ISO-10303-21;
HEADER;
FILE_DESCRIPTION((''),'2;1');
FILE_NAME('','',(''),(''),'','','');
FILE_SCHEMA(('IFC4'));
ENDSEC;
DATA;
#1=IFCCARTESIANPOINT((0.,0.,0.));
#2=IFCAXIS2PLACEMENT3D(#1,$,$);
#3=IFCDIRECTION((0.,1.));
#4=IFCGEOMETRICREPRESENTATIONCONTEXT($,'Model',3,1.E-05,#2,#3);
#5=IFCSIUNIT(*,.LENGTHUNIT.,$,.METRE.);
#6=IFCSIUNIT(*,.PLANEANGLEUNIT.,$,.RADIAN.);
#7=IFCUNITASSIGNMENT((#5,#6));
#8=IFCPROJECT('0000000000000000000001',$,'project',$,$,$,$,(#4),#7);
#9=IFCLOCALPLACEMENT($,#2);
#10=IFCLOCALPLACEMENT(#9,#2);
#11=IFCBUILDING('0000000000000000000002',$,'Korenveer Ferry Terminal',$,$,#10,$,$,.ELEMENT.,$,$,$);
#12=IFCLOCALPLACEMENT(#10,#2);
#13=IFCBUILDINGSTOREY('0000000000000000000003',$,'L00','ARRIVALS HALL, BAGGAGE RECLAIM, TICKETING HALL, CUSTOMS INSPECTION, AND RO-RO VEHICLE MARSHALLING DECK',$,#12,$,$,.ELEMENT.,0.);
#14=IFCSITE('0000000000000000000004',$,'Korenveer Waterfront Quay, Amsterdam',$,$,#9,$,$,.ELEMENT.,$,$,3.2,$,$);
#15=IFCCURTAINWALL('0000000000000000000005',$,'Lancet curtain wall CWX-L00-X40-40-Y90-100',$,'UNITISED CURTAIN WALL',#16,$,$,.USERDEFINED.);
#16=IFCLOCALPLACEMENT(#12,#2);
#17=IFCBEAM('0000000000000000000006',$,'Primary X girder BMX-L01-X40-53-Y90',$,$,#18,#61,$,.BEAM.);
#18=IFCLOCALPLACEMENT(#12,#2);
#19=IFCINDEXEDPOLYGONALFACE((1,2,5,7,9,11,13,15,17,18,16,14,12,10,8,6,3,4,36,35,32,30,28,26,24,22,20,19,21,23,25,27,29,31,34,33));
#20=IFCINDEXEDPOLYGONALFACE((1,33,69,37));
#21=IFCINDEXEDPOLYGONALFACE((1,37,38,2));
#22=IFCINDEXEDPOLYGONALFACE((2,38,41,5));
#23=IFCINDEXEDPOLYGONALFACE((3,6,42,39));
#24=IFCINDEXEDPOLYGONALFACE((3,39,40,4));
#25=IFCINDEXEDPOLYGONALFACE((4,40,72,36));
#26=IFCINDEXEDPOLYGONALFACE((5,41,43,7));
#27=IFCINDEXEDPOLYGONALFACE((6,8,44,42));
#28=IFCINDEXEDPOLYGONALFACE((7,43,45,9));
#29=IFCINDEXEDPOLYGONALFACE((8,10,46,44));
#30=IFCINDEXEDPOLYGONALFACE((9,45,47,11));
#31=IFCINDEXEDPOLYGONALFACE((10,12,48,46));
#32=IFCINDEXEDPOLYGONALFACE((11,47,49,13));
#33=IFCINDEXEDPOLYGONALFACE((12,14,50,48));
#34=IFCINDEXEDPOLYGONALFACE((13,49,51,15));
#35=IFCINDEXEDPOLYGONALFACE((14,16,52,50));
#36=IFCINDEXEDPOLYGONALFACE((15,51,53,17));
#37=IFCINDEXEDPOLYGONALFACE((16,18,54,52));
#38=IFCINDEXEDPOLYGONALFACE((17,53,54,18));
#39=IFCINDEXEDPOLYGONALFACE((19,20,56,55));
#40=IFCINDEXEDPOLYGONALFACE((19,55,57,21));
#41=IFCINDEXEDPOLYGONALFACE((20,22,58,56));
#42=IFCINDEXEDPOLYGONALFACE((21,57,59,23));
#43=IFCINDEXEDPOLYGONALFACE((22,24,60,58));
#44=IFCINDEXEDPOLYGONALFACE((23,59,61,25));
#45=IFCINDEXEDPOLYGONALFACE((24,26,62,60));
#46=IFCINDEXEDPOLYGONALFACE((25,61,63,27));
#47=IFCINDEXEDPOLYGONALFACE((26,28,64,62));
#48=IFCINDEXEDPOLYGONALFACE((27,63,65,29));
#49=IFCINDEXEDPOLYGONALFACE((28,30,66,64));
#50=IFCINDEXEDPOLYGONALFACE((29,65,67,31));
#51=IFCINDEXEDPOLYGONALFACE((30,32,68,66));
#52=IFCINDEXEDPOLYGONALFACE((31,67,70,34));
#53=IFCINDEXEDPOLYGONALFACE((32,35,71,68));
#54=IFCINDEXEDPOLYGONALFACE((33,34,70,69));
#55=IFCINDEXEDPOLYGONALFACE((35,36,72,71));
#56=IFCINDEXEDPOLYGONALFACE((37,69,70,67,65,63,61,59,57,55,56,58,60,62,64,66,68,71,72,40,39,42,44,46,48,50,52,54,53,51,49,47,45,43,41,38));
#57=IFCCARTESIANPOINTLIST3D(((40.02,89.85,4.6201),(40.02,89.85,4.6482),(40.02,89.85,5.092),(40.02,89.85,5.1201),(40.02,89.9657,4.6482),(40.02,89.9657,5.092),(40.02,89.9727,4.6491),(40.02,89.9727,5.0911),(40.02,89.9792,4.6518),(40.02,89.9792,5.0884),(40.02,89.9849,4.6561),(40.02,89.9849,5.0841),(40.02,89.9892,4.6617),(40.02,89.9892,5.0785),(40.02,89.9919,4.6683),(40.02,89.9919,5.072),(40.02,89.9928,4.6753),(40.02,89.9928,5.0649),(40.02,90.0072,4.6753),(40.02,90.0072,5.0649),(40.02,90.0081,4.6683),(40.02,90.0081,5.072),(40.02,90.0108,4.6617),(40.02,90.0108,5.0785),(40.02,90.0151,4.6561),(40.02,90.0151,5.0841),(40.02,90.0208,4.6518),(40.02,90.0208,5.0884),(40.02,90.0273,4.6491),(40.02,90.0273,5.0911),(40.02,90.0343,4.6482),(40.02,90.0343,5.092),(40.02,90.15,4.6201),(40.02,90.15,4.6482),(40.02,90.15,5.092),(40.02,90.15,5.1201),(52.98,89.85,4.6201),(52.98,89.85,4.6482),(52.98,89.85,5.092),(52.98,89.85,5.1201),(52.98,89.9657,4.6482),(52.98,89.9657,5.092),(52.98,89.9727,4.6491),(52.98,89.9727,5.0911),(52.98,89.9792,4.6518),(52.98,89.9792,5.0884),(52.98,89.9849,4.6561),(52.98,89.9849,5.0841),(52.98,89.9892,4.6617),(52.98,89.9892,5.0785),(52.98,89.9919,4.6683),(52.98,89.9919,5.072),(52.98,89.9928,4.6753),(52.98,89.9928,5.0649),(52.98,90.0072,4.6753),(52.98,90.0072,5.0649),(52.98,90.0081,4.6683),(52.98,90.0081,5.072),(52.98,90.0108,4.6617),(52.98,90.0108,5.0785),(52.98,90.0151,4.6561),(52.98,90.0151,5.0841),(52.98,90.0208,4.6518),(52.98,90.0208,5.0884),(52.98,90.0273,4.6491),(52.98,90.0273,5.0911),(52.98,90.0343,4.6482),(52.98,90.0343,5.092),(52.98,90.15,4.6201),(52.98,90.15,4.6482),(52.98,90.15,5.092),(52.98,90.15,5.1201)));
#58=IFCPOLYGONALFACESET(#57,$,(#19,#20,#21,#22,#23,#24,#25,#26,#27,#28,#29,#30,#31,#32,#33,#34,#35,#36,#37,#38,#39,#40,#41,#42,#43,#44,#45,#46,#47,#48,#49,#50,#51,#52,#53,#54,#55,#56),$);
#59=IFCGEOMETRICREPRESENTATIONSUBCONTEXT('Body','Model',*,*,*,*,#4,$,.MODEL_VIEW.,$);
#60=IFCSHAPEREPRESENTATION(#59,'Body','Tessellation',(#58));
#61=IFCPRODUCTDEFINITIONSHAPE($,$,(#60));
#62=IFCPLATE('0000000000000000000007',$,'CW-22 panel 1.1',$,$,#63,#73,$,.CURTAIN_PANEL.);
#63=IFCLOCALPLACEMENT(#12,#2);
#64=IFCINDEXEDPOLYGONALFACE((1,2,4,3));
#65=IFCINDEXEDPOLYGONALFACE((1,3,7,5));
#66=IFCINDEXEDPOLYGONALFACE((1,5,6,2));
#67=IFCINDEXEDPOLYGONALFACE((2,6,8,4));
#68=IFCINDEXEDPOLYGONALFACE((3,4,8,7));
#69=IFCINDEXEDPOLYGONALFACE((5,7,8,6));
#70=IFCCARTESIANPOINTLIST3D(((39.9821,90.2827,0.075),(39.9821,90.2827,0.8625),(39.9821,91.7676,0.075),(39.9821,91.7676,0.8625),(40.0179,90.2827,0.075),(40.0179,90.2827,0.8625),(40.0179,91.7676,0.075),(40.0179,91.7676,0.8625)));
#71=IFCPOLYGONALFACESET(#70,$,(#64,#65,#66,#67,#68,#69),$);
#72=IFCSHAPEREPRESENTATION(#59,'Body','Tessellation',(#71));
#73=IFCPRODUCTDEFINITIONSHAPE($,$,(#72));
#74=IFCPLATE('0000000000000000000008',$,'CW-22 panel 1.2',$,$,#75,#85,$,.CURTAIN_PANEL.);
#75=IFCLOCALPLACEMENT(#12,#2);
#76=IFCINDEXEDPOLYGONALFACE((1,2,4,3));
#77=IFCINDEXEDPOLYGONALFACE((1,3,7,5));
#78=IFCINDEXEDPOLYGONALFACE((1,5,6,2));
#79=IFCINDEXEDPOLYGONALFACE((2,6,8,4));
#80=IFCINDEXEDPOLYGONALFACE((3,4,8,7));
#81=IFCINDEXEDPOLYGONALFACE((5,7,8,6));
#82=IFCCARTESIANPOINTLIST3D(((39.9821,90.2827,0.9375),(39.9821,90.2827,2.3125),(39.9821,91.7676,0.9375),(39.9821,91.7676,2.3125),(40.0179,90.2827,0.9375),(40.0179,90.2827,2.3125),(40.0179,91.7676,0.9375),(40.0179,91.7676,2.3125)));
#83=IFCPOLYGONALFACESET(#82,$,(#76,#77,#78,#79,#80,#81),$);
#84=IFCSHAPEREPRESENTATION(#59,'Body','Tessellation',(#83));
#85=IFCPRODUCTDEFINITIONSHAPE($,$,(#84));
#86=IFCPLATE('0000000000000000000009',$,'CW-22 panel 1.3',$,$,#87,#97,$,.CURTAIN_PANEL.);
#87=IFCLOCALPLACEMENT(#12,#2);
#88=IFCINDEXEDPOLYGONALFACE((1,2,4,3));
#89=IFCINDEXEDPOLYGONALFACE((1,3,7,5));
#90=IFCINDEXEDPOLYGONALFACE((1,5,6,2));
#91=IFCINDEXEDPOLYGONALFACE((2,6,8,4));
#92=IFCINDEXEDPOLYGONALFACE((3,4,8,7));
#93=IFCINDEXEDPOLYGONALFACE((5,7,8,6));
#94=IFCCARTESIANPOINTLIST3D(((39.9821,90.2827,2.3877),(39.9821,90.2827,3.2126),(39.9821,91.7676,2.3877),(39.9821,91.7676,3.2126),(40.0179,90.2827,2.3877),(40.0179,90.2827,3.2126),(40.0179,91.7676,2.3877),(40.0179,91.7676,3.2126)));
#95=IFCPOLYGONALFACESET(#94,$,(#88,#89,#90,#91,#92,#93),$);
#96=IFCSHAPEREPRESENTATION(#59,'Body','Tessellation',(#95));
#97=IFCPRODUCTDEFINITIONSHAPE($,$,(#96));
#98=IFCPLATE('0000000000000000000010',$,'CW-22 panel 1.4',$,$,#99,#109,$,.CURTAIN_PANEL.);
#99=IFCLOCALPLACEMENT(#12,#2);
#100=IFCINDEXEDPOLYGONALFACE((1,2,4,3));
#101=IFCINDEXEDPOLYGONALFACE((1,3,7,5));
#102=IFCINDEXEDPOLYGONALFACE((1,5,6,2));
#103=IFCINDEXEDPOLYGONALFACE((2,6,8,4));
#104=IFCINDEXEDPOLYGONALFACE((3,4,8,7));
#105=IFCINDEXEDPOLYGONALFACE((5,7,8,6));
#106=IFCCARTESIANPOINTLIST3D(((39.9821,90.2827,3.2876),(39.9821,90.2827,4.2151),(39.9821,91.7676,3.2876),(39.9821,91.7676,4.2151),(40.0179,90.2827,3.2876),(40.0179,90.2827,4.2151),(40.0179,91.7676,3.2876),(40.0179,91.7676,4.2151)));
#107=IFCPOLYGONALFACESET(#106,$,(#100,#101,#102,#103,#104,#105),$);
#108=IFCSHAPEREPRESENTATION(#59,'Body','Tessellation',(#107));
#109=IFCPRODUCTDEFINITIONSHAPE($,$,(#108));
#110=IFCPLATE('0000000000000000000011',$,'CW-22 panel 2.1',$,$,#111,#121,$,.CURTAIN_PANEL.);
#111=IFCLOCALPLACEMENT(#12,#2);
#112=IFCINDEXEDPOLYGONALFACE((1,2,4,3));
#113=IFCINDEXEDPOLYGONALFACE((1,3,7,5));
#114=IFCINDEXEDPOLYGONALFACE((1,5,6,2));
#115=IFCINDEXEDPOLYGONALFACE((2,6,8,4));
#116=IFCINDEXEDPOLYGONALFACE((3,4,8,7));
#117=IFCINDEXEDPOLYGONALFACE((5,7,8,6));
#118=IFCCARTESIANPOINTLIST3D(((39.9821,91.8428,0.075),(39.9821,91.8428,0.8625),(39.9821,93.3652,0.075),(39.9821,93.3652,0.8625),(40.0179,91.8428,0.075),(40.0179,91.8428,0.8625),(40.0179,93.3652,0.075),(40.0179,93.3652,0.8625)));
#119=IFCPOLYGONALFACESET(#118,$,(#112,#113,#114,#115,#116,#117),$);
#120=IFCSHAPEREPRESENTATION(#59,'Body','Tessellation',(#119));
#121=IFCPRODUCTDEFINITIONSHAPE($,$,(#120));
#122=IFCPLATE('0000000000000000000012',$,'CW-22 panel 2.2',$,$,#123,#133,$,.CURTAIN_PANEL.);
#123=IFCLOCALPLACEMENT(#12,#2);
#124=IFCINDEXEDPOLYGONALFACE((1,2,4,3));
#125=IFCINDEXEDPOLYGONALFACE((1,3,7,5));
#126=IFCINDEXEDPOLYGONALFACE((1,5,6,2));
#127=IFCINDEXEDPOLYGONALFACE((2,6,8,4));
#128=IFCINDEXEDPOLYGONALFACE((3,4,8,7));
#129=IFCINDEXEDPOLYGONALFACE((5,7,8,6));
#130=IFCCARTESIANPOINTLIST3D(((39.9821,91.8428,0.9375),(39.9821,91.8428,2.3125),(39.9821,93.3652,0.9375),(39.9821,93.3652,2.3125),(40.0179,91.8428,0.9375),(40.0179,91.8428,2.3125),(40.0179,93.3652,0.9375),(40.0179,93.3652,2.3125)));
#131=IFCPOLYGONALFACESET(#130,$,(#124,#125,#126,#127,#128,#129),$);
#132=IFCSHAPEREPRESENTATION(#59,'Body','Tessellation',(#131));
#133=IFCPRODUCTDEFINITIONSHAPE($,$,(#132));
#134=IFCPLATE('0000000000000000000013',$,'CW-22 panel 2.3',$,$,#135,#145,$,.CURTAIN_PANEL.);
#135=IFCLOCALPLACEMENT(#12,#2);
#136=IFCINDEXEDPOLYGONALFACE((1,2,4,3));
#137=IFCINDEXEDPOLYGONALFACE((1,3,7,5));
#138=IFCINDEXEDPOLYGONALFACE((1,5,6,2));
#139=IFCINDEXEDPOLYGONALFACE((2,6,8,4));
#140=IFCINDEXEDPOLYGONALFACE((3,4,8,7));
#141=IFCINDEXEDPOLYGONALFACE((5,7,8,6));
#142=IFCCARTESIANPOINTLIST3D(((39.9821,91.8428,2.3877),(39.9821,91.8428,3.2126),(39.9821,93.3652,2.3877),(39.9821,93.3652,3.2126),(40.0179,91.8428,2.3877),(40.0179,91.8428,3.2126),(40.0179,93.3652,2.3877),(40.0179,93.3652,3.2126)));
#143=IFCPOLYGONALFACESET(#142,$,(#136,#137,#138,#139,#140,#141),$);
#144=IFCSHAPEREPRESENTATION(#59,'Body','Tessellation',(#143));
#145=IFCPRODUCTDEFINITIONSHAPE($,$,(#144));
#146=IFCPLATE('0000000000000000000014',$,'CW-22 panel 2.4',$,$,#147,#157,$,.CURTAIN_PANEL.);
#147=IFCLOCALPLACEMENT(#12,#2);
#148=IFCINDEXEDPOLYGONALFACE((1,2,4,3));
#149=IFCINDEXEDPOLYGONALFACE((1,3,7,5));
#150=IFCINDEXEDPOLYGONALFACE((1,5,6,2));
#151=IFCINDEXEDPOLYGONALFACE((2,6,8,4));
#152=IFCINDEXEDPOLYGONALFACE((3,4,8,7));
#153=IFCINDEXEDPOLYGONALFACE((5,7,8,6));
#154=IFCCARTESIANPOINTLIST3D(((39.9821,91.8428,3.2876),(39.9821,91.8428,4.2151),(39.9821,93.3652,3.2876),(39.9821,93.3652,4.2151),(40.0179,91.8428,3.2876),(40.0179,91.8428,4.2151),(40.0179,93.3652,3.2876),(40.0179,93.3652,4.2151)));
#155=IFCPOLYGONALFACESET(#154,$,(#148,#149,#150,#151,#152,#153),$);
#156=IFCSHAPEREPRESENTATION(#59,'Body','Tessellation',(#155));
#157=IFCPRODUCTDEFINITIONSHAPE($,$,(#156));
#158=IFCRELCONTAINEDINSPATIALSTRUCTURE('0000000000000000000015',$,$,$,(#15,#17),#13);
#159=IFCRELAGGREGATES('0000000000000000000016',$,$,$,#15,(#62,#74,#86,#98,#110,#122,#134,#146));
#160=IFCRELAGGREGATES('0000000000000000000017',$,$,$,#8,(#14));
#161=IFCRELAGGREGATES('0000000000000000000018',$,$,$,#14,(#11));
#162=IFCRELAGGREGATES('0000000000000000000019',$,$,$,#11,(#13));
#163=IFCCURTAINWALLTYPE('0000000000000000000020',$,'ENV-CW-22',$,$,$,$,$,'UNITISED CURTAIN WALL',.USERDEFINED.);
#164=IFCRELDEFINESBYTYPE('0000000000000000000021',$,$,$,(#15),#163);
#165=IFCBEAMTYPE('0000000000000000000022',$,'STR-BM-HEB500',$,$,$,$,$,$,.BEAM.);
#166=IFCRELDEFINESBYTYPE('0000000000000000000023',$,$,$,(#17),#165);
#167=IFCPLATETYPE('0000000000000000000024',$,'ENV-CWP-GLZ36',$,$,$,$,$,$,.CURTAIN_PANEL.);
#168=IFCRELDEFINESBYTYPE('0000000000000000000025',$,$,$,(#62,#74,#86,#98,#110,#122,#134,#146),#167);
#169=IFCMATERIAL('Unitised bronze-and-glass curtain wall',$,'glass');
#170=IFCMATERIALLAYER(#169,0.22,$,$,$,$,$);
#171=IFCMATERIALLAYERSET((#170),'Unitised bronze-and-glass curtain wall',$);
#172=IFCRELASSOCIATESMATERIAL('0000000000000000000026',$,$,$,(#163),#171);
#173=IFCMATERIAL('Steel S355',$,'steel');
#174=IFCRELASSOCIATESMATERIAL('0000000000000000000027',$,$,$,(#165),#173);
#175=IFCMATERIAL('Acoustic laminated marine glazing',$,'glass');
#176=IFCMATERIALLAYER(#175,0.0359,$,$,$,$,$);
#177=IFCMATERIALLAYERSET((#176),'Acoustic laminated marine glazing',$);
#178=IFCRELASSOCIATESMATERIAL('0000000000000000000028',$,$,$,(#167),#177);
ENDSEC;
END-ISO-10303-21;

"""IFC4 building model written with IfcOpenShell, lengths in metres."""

from ifc_helpers import new_model, si_unit, direction, frame, origin, origin_2d, place, context, subcontext, project, spatial, rectangle, i_section, extrude, material, layer, layer_set, material_profile, profile_set, type_object, element, aggregate, save


model = new_model("IFC4")

# Units and contexts
model_context = context("Model", 3, precision=1e-05, world=origin(), true_north=direction((0.0, 1.0)))
body_context = subcontext(model_context, "Body", "Model", "MODEL_VIEW")
ifc_project = project(units=[si_unit("LENGTHUNIT", "METRE"), si_unit("PLANEANGLEUNIT", "RADIAN")], contexts=[model_context])

# Site, building, storey
site_placement = place(None, origin())
site = spatial("IfcSite", under=ifc_project, at=site_placement, Name="Korenveer Waterfront Quay, Amsterdam", CompositionType="ELEMENT", RefElevation=3.2)
building_placement = place(site_placement, origin())
building = spatial("IfcBuilding", under=site, at=building_placement, Name="Korenveer Ferry Terminal", CompositionType="ELEMENT")
storey_placement = place(building_placement, origin())
storey = spatial("IfcBuildingStorey", under=building, at=storey_placement, Name="L00", Description="ARRIVALS HALL, BAGGAGE RECLAIM, TICKETING HALL, CUSTOMS INSPECTION, AND RO-RO VEHICLE MARSHALLING DECK", CompositionType="ELEMENT", Elevation=0.0)

# Curtain wall
ifc_material_1 = material(Name="Unitised bronze-and-glass curtain wall", Category="glass")
ifc_layer_1 = layer(ifc_material_1, 0.22)
ifc_layer_set_1 = layer_set([ifc_layer_1], Name="Unitised bronze-and-glass curtain wall")
curtain_wall_type = type_object("IfcCurtainWallType", Name="ENV-CW-22", ElementType="UNITISED CURTAIN WALL", PredefinedType="USERDEFINED", material=ifc_layer_set_1)
curtain_wall_placement = place(storey_placement, frame((40.0, 90.2078, 0.0)))
curtain_wall = element("IfcCurtainWall", 1, at=curtain_wall_placement, inside=storey, type_object=curtain_wall_type, Name="Lancet curtain wall CWX-L00-X40-40-Y90-100", ObjectType="UNITISED CURTAIN WALL", PredefinedType="USERDEFINED")

# Beam
ifc_material_2 = material(Name="Steel S355", Category="steel")
ifc_material_profile_1 = material_profile(ifc_material_2, i_section(OverallWidth=0.3, OverallDepth=0.5, WebThickness=0.0144, FlangeThickness=0.0281, FilletRadius=0.0271, at=origin_2d()), Name="HEB 500")
ifc_profile_set_1 = profile_set([ifc_material_profile_1], Name="Steel S355")
beam_type = type_object("IfcBeamType", Name="STR-BM-HEB500", PredefinedType="BEAM", material=ifc_profile_set_1)
for number, where, z_axis, x_axis, name in (
    (2, (40.02, 90.0, 4.8701), (1.0, 0.0, 0.0), (0.0, 1.0, 0.0), "Primary X girder BMX-L01-X40-53-Y90"),
):
    element("IfcBeam", number, at=place(storey_placement, frame(where, z_axis=z_axis, x_axis=x_axis)), inside=storey, type_object=beam_type, Name=name, PredefinedType="BEAM", context=body_context, shape_type="SweptSolid", body=[
        extrude(i_section(OverallWidth=0.3, OverallDepth=0.5, WebThickness=0.0144, FlangeThickness=0.0281, FilletRadius=0.0271, at=origin_2d()), origin(), (0.0, 0.0, 1.0), 12.96),
    ])

# Plates
ifc_material_3 = material(Name="Acoustic laminated marine glazing", Category="glass")
ifc_layer_2 = layer(ifc_material_3, 0.0359)
ifc_layer_set_2 = layer_set([ifc_layer_2], Name="Acoustic laminated marine glazing")
plate_type = type_object("IfcPlateType", Name="ENV-CWP-GLZ36", PredefinedType="CURTAIN_PANEL", material=ifc_layer_set_2)
plate_1_placement = place(storey_placement, frame((40.0, 91.0251, 0.075), z_axis=(0.0, 0.0, 1.0), x_axis=(0.0, 1.0, 0.0)))
plate_1 = element("IfcPlate", 3, at=plate_1_placement, type_object=plate_type, Name="CW-22 panel 1.1", PredefinedType="CURTAIN_PANEL", context=body_context, shape_type="SweptSolid", body=[
    extrude(rectangle(XDim=1.4849, YDim=0.0359, at=origin_2d()), origin(), (0.0, 0.0, 1.0), 0.7876),
])
plate_2_placement = place(storey_placement, frame((40.0, 91.0251, 0.9375), z_axis=(0.0, 0.0, 1.0), x_axis=(0.0, 1.0, 0.0)))
plate_2 = element("IfcPlate", 4, at=plate_2_placement, type_object=plate_type, Name="CW-22 panel 1.2", PredefinedType="CURTAIN_PANEL", context=body_context, shape_type="SweptSolid", body=[
    extrude(rectangle(XDim=1.4849, YDim=0.0359, at=origin_2d()), origin(), (0.0, 0.0, 1.0), 1.375),
])
plate_3_placement = place(storey_placement, frame((40.0, 91.0251, 2.3877), z_axis=(0.0, 0.0, 1.0), x_axis=(0.0, 1.0, 0.0)))
plate_3 = element("IfcPlate", 5, at=plate_3_placement, type_object=plate_type, Name="CW-22 panel 1.3", PredefinedType="CURTAIN_PANEL", context=body_context, shape_type="SweptSolid", body=[
    extrude(rectangle(XDim=1.4849, YDim=0.0359, at=origin_2d()), origin(), (0.0, 0.0, 1.0), 0.825),
])
plate_4_placement = place(storey_placement, frame((40.0, 91.0251, 3.2876), z_axis=(0.0, 0.0, 1.0), x_axis=(0.0, 1.0, 0.0)))
plate_4 = element("IfcPlate", 6, at=plate_4_placement, type_object=plate_type, Name="CW-22 panel 1.4", PredefinedType="CURTAIN_PANEL", context=body_context, shape_type="SweptSolid", body=[
    extrude(rectangle(XDim=1.4849, YDim=0.0359, at=origin_2d()), origin(), (0.0, 0.0, 1.0), 0.9275),
])
plate_5_placement = place(storey_placement, frame((40.0, 92.604, 0.075), z_axis=(0.0, 0.0, 1.0), x_axis=(0.0, 1.0, 0.0)))
plate_5 = element("IfcPlate", 7, at=plate_5_placement, type_object=plate_type, Name="CW-22 panel 2.1", PredefinedType="CURTAIN_PANEL", context=body_context, shape_type="SweptSolid", body=[
    extrude(rectangle(XDim=1.5225, YDim=0.0359, at=origin_2d()), origin(), (0.0, 0.0, 1.0), 0.7876),
])
plate_6_placement = place(storey_placement, frame((40.0, 92.604, 0.9375), z_axis=(0.0, 0.0, 1.0), x_axis=(0.0, 1.0, 0.0)))
plate_6 = element("IfcPlate", 8, at=plate_6_placement, type_object=plate_type, Name="CW-22 panel 2.2", PredefinedType="CURTAIN_PANEL", context=body_context, shape_type="SweptSolid", body=[
    extrude(rectangle(XDim=1.5225, YDim=0.0359, at=origin_2d()), origin(), (0.0, 0.0, 1.0), 1.375),
])
plate_7_placement = place(storey_placement, frame((40.0, 92.604, 2.3877), z_axis=(0.0, 0.0, 1.0), x_axis=(0.0, 1.0, 0.0)))
plate_7 = element("IfcPlate", 9, at=plate_7_placement, type_object=plate_type, Name="CW-22 panel 2.3", PredefinedType="CURTAIN_PANEL", context=body_context, shape_type="SweptSolid", body=[
    extrude(rectangle(XDim=1.5225, YDim=0.0359, at=origin_2d()), origin(), (0.0, 0.0, 1.0), 0.825),
])
plate_8_placement = place(storey_placement, frame((40.0, 92.604, 3.2876), z_axis=(0.0, 0.0, 1.0), x_axis=(0.0, 1.0, 0.0)))
plate_8 = element("IfcPlate", 10, at=plate_8_placement, type_object=plate_type, Name="CW-22 panel 2.4", PredefinedType="CURTAIN_PANEL", context=body_context, shape_type="SweptSolid", body=[
    extrude(rectangle(XDim=1.5225, YDim=0.0359, at=origin_2d()), origin(), (0.0, 0.0, 1.0), 0.9275),
])
aggregate(curtain_wall, [plate_1, plate_2, plate_3, plate_4, plate_5, plate_6, plate_7, plate_8])

save(model, "model.ifc")
